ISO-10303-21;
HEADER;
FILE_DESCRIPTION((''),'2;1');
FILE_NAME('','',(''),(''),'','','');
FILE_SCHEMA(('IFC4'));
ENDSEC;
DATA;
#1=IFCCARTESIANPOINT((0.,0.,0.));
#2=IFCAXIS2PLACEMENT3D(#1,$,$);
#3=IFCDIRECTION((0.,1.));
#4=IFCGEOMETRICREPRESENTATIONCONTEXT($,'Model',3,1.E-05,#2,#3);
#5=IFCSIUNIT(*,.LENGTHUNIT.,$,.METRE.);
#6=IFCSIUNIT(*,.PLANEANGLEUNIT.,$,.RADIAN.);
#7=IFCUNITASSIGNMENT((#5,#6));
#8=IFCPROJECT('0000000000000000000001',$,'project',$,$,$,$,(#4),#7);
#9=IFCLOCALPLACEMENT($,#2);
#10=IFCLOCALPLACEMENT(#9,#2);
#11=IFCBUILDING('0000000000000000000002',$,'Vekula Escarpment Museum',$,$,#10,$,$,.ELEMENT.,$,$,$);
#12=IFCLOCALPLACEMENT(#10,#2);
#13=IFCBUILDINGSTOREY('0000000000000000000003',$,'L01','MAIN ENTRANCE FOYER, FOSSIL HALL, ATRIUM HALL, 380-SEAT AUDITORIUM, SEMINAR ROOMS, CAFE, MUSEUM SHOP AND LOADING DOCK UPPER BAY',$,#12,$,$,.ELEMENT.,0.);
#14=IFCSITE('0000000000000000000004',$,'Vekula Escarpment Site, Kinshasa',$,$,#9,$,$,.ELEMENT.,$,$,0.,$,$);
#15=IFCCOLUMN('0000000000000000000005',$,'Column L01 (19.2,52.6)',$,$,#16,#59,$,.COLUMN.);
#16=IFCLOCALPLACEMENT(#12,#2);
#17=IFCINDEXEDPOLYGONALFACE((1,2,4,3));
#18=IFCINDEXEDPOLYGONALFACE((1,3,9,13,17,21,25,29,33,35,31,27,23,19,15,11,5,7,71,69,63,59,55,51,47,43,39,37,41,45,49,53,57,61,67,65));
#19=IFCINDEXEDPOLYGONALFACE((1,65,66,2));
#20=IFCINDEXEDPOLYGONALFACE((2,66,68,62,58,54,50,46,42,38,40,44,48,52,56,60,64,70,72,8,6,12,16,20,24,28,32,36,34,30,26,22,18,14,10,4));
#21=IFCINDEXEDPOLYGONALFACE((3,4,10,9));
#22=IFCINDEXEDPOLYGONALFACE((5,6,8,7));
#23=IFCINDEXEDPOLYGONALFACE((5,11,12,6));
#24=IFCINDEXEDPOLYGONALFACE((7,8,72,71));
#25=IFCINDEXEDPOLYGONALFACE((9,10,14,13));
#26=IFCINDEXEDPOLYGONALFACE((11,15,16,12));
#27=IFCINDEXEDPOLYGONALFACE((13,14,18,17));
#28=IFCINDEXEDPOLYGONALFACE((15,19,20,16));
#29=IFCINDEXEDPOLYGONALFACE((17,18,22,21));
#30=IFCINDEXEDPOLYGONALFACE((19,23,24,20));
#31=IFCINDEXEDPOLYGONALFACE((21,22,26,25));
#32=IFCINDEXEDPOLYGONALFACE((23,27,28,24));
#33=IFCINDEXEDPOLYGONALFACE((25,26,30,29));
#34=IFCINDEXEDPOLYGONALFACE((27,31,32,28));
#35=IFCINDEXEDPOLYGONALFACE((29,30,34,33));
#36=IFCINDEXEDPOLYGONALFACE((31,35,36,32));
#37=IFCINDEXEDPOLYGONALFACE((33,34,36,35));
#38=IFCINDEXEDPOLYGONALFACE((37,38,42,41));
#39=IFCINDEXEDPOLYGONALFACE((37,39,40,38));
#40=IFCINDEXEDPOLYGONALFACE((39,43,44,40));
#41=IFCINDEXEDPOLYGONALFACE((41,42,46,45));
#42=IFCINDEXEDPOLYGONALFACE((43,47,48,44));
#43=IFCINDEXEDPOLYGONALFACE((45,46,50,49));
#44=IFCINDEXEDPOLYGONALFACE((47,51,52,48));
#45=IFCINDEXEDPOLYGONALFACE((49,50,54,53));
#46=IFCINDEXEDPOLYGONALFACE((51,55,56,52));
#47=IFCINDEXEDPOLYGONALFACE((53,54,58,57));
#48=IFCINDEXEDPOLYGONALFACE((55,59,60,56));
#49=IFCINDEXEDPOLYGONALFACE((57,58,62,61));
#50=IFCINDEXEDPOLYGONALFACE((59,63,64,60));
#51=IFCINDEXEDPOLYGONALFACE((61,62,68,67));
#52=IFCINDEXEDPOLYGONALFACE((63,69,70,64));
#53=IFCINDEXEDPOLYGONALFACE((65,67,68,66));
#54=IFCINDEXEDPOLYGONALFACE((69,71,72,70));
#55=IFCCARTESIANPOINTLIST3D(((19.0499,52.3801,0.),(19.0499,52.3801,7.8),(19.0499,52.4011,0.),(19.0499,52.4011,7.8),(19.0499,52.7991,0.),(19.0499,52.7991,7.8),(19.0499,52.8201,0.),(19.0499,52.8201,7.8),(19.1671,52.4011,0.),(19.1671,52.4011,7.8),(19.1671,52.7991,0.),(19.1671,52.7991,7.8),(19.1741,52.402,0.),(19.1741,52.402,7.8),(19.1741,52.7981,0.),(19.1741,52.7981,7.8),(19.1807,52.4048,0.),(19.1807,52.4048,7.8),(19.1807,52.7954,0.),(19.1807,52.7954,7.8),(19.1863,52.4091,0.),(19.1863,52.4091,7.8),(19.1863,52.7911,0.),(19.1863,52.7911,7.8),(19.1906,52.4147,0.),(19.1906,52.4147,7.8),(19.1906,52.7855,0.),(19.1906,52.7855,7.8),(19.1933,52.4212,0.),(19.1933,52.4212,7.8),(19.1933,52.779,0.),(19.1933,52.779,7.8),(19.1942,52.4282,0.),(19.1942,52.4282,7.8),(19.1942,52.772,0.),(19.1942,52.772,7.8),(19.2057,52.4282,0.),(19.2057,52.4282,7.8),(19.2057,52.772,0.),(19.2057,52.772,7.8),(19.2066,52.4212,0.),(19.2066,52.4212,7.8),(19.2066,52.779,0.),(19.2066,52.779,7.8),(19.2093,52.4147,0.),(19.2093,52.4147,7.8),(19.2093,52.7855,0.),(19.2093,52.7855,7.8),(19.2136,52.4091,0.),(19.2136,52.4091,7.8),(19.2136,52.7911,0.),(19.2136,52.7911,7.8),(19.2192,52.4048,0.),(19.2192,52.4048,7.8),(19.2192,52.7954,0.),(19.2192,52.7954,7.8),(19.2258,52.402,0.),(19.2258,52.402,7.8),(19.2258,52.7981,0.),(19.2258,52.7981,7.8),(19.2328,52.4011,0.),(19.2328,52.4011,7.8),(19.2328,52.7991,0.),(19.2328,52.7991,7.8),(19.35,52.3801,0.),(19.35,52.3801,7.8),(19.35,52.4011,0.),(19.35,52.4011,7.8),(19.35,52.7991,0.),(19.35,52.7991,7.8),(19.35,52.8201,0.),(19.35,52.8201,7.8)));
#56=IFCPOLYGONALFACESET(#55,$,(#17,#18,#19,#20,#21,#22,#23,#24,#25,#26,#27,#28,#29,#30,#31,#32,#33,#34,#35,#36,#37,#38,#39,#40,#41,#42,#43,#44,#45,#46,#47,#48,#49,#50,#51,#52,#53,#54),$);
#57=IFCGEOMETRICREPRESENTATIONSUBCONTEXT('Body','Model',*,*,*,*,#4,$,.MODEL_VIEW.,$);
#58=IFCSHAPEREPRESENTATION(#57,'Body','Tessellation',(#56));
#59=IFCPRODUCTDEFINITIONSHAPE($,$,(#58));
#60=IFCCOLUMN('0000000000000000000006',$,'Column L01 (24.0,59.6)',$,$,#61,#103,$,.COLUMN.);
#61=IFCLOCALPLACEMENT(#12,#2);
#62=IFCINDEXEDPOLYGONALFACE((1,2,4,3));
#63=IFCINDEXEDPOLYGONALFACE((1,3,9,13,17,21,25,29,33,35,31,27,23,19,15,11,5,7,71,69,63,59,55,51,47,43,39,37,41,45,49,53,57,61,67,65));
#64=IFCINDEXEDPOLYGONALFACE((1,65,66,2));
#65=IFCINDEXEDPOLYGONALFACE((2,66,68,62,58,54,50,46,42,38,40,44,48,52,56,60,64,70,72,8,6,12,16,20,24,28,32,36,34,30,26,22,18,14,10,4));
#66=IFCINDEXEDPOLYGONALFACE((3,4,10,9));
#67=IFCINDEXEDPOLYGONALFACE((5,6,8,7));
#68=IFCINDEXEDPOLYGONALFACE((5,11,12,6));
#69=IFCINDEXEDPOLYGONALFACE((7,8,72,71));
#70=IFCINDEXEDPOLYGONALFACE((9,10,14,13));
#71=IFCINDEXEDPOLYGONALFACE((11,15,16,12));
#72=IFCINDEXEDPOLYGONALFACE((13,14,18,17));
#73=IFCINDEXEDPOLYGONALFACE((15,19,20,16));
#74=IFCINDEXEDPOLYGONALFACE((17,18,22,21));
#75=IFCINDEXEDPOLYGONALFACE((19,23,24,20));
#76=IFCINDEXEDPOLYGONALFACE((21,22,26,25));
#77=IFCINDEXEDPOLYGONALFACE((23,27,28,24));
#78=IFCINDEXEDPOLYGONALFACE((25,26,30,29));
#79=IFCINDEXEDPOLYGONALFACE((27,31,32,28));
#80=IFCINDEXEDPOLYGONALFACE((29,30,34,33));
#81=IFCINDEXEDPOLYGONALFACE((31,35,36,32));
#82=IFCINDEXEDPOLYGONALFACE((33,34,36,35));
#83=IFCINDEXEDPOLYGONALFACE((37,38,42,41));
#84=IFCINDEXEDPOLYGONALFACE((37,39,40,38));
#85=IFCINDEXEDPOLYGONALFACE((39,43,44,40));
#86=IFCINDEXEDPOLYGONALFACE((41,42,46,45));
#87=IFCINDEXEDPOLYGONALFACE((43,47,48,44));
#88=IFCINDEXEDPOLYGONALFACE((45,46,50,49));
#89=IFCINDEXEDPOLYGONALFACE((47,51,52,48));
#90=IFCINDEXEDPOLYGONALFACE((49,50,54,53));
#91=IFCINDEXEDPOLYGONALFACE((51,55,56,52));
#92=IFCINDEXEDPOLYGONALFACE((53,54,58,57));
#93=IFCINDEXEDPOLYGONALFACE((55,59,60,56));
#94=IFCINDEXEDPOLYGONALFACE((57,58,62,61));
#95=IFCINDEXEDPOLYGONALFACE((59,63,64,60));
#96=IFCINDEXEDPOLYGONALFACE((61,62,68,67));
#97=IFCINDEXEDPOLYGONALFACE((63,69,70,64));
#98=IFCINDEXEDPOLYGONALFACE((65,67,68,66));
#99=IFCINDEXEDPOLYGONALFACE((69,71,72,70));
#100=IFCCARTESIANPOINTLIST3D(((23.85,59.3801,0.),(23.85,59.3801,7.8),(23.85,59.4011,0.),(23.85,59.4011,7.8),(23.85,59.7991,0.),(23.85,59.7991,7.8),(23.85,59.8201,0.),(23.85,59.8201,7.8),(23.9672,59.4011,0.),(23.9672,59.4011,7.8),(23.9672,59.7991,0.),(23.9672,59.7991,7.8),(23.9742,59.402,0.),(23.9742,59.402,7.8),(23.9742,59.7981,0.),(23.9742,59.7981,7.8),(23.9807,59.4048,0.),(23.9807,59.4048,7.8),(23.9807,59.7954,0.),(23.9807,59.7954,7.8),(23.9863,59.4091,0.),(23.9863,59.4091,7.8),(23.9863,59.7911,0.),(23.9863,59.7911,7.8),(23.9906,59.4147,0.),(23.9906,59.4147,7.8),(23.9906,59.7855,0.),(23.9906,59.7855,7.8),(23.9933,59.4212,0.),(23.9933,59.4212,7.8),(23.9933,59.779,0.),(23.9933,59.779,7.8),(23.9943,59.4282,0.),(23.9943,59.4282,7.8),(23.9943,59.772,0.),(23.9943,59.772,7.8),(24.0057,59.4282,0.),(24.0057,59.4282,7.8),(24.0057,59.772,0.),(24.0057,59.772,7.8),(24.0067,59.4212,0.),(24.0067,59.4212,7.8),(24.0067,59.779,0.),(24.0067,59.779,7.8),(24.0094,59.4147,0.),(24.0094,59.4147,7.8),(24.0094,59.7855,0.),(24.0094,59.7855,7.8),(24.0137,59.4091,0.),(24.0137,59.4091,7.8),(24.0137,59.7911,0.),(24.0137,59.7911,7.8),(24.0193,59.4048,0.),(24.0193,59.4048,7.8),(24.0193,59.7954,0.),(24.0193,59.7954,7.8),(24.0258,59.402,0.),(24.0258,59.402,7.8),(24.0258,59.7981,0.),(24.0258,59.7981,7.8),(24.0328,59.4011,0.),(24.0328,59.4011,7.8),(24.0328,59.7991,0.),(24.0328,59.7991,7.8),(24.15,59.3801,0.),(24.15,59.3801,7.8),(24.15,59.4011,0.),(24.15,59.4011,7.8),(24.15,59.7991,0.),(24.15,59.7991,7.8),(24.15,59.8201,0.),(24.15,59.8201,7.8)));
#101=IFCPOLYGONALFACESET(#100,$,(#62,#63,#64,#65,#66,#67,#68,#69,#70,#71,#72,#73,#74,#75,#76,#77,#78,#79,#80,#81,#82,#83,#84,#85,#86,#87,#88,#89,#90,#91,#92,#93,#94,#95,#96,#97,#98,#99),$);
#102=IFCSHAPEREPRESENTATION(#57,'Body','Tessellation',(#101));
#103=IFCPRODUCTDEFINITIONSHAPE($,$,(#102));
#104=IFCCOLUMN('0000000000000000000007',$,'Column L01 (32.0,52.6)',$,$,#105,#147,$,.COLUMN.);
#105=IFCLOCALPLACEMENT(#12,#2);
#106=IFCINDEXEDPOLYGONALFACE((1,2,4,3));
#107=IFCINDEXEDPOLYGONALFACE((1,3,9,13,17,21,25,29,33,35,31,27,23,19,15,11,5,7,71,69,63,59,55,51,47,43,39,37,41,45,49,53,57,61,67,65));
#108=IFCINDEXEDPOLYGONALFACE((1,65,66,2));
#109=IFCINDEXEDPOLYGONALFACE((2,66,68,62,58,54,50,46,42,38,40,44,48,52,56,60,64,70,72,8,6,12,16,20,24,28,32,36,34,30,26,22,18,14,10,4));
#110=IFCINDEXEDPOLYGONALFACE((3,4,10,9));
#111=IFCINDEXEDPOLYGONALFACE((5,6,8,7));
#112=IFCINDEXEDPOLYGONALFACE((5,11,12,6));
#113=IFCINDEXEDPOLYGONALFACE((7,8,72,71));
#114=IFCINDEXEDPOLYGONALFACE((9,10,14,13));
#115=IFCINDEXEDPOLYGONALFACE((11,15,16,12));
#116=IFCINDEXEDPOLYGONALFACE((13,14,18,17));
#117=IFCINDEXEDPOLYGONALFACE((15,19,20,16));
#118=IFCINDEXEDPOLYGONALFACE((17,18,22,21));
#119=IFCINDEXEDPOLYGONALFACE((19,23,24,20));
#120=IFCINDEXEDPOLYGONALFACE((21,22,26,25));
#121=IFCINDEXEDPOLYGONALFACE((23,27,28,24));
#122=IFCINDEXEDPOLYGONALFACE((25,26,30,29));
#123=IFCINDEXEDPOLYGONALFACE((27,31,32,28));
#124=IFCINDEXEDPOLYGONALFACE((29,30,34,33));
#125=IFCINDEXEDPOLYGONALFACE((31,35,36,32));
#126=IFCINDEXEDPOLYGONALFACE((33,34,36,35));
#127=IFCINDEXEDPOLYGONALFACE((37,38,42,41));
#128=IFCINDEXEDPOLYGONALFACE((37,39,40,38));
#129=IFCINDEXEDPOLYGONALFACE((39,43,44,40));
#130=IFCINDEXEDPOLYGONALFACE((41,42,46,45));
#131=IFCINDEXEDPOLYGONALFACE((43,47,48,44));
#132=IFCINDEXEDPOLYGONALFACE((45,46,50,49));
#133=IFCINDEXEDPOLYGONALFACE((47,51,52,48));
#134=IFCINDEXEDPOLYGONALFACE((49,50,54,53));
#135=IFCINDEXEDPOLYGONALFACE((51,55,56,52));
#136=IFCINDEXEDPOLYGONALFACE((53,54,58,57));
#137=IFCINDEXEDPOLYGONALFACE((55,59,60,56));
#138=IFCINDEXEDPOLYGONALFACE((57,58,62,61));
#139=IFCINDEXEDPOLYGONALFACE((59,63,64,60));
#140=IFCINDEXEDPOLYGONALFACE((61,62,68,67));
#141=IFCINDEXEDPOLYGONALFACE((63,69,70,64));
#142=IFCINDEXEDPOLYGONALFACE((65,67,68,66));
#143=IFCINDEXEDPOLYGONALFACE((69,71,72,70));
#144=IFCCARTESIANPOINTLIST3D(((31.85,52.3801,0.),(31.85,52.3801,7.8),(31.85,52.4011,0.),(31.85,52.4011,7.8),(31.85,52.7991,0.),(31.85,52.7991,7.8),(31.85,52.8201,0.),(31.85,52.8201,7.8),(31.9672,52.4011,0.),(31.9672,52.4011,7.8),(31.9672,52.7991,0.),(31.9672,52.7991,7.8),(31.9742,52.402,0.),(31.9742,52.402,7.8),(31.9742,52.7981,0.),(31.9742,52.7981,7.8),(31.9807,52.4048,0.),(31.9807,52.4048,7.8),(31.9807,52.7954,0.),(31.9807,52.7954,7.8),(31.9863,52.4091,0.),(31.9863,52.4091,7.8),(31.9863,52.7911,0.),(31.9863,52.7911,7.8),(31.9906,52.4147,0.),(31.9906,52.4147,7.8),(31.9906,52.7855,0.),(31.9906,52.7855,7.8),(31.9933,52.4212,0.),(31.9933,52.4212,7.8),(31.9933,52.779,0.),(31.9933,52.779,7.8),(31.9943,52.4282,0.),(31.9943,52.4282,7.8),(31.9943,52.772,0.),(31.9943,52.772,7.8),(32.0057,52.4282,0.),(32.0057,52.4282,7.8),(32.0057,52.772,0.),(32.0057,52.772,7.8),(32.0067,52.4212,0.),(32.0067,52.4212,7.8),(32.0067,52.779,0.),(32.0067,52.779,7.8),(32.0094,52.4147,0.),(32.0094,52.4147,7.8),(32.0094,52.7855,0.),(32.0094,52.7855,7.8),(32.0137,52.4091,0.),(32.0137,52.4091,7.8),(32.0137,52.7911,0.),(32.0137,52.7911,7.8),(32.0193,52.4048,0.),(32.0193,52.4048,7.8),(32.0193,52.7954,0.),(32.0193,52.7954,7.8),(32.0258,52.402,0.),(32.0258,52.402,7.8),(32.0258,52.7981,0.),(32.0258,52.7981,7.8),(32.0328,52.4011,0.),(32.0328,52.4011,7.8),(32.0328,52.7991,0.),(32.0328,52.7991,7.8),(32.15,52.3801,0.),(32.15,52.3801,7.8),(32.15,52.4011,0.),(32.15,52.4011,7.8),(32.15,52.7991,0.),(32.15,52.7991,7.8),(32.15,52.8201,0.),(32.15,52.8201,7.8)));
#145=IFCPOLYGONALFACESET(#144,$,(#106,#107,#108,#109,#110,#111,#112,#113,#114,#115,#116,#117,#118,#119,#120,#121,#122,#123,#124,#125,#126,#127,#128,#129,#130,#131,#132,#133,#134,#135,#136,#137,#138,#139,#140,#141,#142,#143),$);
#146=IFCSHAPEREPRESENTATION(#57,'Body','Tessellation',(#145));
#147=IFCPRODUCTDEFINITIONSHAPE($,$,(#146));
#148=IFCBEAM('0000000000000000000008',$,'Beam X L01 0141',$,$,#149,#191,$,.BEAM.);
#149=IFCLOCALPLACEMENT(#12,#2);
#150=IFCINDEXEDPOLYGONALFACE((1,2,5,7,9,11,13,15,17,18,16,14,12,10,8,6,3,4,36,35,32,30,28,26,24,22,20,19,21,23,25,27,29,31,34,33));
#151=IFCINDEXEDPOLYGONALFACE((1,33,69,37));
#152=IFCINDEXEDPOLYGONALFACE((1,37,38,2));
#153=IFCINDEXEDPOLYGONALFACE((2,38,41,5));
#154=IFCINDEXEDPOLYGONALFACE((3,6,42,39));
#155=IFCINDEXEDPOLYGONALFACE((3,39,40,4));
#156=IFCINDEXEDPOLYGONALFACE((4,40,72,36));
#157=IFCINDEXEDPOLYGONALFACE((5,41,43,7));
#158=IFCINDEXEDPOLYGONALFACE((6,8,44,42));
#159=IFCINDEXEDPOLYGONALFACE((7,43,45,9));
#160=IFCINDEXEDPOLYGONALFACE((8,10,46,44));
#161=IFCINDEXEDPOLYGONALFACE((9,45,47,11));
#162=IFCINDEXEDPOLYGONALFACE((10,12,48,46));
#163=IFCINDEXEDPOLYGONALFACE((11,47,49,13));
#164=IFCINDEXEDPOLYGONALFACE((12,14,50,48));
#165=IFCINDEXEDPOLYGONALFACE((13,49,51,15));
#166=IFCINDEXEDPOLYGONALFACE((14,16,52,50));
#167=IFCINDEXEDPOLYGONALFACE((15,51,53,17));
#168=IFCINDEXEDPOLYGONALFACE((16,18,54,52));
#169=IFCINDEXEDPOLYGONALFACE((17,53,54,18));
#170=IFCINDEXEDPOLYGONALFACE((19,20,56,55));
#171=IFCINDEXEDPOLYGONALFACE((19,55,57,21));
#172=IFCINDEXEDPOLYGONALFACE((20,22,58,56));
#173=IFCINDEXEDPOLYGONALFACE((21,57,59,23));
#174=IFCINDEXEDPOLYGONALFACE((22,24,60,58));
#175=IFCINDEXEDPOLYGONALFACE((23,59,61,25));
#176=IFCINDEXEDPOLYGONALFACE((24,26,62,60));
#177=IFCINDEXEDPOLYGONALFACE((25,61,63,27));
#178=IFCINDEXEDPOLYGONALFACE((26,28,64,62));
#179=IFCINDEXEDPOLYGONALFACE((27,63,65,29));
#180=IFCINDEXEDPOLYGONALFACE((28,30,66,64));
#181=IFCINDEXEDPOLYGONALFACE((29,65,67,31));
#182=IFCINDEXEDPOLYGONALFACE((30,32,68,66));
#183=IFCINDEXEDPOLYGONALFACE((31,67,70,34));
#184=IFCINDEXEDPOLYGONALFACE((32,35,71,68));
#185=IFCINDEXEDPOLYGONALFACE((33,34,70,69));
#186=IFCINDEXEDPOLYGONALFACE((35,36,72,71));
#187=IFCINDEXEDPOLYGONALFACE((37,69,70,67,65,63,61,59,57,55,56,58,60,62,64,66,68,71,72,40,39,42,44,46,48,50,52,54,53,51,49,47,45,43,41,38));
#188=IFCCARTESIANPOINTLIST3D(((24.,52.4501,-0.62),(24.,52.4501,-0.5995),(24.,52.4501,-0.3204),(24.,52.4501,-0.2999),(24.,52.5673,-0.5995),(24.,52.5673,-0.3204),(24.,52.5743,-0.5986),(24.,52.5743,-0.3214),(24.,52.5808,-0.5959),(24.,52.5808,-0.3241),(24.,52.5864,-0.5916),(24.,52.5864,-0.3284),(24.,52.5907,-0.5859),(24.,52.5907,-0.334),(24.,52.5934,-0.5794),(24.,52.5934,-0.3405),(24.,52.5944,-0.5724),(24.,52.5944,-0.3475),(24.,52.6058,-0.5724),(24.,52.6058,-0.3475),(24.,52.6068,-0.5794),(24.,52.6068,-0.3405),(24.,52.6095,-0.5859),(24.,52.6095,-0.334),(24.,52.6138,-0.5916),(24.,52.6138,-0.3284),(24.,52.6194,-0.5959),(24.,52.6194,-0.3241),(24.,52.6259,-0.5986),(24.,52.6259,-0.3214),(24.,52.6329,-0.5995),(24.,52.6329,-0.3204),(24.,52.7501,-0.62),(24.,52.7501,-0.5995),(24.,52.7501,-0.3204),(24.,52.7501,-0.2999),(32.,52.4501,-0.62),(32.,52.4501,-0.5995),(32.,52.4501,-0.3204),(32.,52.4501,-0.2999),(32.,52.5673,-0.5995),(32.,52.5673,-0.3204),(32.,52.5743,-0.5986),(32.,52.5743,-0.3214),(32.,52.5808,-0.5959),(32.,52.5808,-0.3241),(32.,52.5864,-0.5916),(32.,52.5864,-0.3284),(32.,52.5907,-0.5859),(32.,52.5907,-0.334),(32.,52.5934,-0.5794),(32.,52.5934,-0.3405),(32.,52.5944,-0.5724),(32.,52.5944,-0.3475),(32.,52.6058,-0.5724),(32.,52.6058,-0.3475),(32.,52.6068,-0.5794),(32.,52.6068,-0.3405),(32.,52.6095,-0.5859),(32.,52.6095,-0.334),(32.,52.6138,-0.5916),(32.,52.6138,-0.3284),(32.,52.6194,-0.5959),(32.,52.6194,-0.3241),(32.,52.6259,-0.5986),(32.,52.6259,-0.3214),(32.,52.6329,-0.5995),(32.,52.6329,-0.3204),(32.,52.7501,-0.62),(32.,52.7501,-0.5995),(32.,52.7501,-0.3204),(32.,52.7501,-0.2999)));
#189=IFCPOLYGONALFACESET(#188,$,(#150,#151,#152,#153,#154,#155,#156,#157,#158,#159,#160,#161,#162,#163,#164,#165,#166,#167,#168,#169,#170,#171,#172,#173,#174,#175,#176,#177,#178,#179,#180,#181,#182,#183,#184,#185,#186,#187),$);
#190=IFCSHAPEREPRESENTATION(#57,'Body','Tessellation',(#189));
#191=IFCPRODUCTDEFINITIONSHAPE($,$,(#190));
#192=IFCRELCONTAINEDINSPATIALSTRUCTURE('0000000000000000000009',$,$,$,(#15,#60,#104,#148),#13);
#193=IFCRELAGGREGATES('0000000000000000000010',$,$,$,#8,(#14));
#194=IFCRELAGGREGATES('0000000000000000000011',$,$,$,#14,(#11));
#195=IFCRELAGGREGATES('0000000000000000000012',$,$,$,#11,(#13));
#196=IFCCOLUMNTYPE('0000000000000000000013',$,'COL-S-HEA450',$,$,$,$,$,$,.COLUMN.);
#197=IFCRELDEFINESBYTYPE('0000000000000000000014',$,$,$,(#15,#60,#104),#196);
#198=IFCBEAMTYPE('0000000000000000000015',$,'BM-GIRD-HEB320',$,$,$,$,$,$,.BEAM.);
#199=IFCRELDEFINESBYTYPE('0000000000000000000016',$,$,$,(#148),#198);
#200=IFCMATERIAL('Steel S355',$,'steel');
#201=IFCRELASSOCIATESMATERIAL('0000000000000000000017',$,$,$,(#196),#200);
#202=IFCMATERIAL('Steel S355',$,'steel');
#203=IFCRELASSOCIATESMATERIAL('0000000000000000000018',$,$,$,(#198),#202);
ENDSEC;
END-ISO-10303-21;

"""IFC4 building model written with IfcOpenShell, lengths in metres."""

from ifc_helpers import new_model, si_unit, direction, frame, origin, origin_2d, place, context, subcontext, project, spatial, i_section, extrude, material, material_profile, profile_set, type_object, element, save


model = new_model("IFC4")

# Units and contexts
model_context = context("Model", 3, precision=1e-05, world=origin(), true_north=direction((0.0, 1.0)))
body_context = subcontext(model_context, "Body", "Model", "MODEL_VIEW")
ifc_project = project(units=[si_unit("LENGTHUNIT", "METRE"), si_unit("PLANEANGLEUNIT", "RADIAN")], contexts=[model_context])

# Site, building, storey
site_placement = place(None, origin())
site = spatial("IfcSite", under=ifc_project, at=site_placement, Name="Vekula Escarpment Site, Kinshasa", CompositionType="ELEMENT", RefElevation=0.0)
building_placement = place(site_placement, origin())
building = spatial("IfcBuilding", under=site, at=building_placement, Name="Vekula Escarpment Museum", CompositionType="ELEMENT")
storey_placement = place(building_placement, origin())
storey = spatial("IfcBuildingStorey", under=building, at=storey_placement, Name="L01", Description="MAIN ENTRANCE FOYER, FOSSIL HALL, ATRIUM HALL, 380-SEAT AUDITORIUM, SEMINAR ROOMS, CAFE, MUSEUM SHOP AND LOADING DOCK UPPER BAY", CompositionType="ELEMENT", Elevation=0.0)

# Columns
ifc_material_1 = material(Name="Steel S355", Category="steel")
ifc_material_profile_1 = material_profile(ifc_material_1, i_section(OverallWidth=0.3, OverallDepth=0.4399, WebThickness=0.0115, FlangeThickness=0.021, FilletRadius=0.0271, at=origin_2d()), Name="HEA 450")
ifc_profile_set_1 = profile_set([ifc_material_profile_1], Name="Steel S355")
column_type_1 = type_object("IfcColumnType", Name="COL-S-HEA450", PredefinedType="COLUMN", material=ifc_profile_set_1)
for number, where, z_axis, x_axis, name in (
    (1, (19.2, 52.6001, 0.0), (0.0, 0.0, 1.0), (1.0, 0.0, 0.0), "Column L01 (19.2,52.6)"),
    (2, (24.0, 59.6001, 0.0), (0.0, 0.0, 1.0), (1.0, 0.0, 0.0), "Column L01 (24.0,59.6)"),
    (3, (32.0, 52.6001, 0.0), (0.0, 0.0, 1.0), (1.0, 0.0, 0.0), "Column L01 (32.0,52.6)"),
):
    element("IfcColumn", number, at=place(storey_placement, frame(where, z_axis=z_axis, x_axis=x_axis)), inside=storey, type_object=column_type_1, Name=name, PredefinedType="COLUMN", context=body_context, shape_type="SweptSolid", body=[
        extrude(i_section(OverallWidth=0.3, OverallDepth=0.4399, WebThickness=0.0115, FlangeThickness=0.021, FilletRadius=0.0271, at=origin_2d()), origin(), (0.0, 0.0, 1.0), 7.8),
    ])

# Beam
ifc_material_2 = material(Name="Steel S355", Category="steel")
ifc_material_profile_2 = material_profile(ifc_material_2, i_section(OverallWidth=0.3, OverallDepth=0.3201, WebThickness=0.0115, FlangeThickness=0.0205, FilletRadius=0.0271, at=origin_2d()), Name="HEB 320")
ifc_profile_set_2 = profile_set([ifc_material_profile_2], Name="Steel S355")
beam_type_1 = type_object("IfcBeamType", Name="BM-GIRD-HEB320", PredefinedType="BEAM", material=ifc_profile_set_2)
beam_1_placement = place(storey_placement, frame((24.0, 52.6001, -0.46), z_axis=(1.0, 0.0, 0.0), x_axis=(0.0, 1.0, 0.0)))
element("IfcBeam", 4, at=beam_1_placement, inside=storey, type_object=beam_type_1, Name="Beam X L01 0141", PredefinedType="BEAM", context=body_context, shape_type="SweptSolid", body=[
    extrude(i_section(OverallWidth=0.3, OverallDepth=0.3201, WebThickness=0.0115, FlangeThickness=0.0205, FilletRadius=0.0271, at=origin_2d()), origin(), (0.0, 0.0, 1.0), 8.0),
])

save(model, "model.ifc")
